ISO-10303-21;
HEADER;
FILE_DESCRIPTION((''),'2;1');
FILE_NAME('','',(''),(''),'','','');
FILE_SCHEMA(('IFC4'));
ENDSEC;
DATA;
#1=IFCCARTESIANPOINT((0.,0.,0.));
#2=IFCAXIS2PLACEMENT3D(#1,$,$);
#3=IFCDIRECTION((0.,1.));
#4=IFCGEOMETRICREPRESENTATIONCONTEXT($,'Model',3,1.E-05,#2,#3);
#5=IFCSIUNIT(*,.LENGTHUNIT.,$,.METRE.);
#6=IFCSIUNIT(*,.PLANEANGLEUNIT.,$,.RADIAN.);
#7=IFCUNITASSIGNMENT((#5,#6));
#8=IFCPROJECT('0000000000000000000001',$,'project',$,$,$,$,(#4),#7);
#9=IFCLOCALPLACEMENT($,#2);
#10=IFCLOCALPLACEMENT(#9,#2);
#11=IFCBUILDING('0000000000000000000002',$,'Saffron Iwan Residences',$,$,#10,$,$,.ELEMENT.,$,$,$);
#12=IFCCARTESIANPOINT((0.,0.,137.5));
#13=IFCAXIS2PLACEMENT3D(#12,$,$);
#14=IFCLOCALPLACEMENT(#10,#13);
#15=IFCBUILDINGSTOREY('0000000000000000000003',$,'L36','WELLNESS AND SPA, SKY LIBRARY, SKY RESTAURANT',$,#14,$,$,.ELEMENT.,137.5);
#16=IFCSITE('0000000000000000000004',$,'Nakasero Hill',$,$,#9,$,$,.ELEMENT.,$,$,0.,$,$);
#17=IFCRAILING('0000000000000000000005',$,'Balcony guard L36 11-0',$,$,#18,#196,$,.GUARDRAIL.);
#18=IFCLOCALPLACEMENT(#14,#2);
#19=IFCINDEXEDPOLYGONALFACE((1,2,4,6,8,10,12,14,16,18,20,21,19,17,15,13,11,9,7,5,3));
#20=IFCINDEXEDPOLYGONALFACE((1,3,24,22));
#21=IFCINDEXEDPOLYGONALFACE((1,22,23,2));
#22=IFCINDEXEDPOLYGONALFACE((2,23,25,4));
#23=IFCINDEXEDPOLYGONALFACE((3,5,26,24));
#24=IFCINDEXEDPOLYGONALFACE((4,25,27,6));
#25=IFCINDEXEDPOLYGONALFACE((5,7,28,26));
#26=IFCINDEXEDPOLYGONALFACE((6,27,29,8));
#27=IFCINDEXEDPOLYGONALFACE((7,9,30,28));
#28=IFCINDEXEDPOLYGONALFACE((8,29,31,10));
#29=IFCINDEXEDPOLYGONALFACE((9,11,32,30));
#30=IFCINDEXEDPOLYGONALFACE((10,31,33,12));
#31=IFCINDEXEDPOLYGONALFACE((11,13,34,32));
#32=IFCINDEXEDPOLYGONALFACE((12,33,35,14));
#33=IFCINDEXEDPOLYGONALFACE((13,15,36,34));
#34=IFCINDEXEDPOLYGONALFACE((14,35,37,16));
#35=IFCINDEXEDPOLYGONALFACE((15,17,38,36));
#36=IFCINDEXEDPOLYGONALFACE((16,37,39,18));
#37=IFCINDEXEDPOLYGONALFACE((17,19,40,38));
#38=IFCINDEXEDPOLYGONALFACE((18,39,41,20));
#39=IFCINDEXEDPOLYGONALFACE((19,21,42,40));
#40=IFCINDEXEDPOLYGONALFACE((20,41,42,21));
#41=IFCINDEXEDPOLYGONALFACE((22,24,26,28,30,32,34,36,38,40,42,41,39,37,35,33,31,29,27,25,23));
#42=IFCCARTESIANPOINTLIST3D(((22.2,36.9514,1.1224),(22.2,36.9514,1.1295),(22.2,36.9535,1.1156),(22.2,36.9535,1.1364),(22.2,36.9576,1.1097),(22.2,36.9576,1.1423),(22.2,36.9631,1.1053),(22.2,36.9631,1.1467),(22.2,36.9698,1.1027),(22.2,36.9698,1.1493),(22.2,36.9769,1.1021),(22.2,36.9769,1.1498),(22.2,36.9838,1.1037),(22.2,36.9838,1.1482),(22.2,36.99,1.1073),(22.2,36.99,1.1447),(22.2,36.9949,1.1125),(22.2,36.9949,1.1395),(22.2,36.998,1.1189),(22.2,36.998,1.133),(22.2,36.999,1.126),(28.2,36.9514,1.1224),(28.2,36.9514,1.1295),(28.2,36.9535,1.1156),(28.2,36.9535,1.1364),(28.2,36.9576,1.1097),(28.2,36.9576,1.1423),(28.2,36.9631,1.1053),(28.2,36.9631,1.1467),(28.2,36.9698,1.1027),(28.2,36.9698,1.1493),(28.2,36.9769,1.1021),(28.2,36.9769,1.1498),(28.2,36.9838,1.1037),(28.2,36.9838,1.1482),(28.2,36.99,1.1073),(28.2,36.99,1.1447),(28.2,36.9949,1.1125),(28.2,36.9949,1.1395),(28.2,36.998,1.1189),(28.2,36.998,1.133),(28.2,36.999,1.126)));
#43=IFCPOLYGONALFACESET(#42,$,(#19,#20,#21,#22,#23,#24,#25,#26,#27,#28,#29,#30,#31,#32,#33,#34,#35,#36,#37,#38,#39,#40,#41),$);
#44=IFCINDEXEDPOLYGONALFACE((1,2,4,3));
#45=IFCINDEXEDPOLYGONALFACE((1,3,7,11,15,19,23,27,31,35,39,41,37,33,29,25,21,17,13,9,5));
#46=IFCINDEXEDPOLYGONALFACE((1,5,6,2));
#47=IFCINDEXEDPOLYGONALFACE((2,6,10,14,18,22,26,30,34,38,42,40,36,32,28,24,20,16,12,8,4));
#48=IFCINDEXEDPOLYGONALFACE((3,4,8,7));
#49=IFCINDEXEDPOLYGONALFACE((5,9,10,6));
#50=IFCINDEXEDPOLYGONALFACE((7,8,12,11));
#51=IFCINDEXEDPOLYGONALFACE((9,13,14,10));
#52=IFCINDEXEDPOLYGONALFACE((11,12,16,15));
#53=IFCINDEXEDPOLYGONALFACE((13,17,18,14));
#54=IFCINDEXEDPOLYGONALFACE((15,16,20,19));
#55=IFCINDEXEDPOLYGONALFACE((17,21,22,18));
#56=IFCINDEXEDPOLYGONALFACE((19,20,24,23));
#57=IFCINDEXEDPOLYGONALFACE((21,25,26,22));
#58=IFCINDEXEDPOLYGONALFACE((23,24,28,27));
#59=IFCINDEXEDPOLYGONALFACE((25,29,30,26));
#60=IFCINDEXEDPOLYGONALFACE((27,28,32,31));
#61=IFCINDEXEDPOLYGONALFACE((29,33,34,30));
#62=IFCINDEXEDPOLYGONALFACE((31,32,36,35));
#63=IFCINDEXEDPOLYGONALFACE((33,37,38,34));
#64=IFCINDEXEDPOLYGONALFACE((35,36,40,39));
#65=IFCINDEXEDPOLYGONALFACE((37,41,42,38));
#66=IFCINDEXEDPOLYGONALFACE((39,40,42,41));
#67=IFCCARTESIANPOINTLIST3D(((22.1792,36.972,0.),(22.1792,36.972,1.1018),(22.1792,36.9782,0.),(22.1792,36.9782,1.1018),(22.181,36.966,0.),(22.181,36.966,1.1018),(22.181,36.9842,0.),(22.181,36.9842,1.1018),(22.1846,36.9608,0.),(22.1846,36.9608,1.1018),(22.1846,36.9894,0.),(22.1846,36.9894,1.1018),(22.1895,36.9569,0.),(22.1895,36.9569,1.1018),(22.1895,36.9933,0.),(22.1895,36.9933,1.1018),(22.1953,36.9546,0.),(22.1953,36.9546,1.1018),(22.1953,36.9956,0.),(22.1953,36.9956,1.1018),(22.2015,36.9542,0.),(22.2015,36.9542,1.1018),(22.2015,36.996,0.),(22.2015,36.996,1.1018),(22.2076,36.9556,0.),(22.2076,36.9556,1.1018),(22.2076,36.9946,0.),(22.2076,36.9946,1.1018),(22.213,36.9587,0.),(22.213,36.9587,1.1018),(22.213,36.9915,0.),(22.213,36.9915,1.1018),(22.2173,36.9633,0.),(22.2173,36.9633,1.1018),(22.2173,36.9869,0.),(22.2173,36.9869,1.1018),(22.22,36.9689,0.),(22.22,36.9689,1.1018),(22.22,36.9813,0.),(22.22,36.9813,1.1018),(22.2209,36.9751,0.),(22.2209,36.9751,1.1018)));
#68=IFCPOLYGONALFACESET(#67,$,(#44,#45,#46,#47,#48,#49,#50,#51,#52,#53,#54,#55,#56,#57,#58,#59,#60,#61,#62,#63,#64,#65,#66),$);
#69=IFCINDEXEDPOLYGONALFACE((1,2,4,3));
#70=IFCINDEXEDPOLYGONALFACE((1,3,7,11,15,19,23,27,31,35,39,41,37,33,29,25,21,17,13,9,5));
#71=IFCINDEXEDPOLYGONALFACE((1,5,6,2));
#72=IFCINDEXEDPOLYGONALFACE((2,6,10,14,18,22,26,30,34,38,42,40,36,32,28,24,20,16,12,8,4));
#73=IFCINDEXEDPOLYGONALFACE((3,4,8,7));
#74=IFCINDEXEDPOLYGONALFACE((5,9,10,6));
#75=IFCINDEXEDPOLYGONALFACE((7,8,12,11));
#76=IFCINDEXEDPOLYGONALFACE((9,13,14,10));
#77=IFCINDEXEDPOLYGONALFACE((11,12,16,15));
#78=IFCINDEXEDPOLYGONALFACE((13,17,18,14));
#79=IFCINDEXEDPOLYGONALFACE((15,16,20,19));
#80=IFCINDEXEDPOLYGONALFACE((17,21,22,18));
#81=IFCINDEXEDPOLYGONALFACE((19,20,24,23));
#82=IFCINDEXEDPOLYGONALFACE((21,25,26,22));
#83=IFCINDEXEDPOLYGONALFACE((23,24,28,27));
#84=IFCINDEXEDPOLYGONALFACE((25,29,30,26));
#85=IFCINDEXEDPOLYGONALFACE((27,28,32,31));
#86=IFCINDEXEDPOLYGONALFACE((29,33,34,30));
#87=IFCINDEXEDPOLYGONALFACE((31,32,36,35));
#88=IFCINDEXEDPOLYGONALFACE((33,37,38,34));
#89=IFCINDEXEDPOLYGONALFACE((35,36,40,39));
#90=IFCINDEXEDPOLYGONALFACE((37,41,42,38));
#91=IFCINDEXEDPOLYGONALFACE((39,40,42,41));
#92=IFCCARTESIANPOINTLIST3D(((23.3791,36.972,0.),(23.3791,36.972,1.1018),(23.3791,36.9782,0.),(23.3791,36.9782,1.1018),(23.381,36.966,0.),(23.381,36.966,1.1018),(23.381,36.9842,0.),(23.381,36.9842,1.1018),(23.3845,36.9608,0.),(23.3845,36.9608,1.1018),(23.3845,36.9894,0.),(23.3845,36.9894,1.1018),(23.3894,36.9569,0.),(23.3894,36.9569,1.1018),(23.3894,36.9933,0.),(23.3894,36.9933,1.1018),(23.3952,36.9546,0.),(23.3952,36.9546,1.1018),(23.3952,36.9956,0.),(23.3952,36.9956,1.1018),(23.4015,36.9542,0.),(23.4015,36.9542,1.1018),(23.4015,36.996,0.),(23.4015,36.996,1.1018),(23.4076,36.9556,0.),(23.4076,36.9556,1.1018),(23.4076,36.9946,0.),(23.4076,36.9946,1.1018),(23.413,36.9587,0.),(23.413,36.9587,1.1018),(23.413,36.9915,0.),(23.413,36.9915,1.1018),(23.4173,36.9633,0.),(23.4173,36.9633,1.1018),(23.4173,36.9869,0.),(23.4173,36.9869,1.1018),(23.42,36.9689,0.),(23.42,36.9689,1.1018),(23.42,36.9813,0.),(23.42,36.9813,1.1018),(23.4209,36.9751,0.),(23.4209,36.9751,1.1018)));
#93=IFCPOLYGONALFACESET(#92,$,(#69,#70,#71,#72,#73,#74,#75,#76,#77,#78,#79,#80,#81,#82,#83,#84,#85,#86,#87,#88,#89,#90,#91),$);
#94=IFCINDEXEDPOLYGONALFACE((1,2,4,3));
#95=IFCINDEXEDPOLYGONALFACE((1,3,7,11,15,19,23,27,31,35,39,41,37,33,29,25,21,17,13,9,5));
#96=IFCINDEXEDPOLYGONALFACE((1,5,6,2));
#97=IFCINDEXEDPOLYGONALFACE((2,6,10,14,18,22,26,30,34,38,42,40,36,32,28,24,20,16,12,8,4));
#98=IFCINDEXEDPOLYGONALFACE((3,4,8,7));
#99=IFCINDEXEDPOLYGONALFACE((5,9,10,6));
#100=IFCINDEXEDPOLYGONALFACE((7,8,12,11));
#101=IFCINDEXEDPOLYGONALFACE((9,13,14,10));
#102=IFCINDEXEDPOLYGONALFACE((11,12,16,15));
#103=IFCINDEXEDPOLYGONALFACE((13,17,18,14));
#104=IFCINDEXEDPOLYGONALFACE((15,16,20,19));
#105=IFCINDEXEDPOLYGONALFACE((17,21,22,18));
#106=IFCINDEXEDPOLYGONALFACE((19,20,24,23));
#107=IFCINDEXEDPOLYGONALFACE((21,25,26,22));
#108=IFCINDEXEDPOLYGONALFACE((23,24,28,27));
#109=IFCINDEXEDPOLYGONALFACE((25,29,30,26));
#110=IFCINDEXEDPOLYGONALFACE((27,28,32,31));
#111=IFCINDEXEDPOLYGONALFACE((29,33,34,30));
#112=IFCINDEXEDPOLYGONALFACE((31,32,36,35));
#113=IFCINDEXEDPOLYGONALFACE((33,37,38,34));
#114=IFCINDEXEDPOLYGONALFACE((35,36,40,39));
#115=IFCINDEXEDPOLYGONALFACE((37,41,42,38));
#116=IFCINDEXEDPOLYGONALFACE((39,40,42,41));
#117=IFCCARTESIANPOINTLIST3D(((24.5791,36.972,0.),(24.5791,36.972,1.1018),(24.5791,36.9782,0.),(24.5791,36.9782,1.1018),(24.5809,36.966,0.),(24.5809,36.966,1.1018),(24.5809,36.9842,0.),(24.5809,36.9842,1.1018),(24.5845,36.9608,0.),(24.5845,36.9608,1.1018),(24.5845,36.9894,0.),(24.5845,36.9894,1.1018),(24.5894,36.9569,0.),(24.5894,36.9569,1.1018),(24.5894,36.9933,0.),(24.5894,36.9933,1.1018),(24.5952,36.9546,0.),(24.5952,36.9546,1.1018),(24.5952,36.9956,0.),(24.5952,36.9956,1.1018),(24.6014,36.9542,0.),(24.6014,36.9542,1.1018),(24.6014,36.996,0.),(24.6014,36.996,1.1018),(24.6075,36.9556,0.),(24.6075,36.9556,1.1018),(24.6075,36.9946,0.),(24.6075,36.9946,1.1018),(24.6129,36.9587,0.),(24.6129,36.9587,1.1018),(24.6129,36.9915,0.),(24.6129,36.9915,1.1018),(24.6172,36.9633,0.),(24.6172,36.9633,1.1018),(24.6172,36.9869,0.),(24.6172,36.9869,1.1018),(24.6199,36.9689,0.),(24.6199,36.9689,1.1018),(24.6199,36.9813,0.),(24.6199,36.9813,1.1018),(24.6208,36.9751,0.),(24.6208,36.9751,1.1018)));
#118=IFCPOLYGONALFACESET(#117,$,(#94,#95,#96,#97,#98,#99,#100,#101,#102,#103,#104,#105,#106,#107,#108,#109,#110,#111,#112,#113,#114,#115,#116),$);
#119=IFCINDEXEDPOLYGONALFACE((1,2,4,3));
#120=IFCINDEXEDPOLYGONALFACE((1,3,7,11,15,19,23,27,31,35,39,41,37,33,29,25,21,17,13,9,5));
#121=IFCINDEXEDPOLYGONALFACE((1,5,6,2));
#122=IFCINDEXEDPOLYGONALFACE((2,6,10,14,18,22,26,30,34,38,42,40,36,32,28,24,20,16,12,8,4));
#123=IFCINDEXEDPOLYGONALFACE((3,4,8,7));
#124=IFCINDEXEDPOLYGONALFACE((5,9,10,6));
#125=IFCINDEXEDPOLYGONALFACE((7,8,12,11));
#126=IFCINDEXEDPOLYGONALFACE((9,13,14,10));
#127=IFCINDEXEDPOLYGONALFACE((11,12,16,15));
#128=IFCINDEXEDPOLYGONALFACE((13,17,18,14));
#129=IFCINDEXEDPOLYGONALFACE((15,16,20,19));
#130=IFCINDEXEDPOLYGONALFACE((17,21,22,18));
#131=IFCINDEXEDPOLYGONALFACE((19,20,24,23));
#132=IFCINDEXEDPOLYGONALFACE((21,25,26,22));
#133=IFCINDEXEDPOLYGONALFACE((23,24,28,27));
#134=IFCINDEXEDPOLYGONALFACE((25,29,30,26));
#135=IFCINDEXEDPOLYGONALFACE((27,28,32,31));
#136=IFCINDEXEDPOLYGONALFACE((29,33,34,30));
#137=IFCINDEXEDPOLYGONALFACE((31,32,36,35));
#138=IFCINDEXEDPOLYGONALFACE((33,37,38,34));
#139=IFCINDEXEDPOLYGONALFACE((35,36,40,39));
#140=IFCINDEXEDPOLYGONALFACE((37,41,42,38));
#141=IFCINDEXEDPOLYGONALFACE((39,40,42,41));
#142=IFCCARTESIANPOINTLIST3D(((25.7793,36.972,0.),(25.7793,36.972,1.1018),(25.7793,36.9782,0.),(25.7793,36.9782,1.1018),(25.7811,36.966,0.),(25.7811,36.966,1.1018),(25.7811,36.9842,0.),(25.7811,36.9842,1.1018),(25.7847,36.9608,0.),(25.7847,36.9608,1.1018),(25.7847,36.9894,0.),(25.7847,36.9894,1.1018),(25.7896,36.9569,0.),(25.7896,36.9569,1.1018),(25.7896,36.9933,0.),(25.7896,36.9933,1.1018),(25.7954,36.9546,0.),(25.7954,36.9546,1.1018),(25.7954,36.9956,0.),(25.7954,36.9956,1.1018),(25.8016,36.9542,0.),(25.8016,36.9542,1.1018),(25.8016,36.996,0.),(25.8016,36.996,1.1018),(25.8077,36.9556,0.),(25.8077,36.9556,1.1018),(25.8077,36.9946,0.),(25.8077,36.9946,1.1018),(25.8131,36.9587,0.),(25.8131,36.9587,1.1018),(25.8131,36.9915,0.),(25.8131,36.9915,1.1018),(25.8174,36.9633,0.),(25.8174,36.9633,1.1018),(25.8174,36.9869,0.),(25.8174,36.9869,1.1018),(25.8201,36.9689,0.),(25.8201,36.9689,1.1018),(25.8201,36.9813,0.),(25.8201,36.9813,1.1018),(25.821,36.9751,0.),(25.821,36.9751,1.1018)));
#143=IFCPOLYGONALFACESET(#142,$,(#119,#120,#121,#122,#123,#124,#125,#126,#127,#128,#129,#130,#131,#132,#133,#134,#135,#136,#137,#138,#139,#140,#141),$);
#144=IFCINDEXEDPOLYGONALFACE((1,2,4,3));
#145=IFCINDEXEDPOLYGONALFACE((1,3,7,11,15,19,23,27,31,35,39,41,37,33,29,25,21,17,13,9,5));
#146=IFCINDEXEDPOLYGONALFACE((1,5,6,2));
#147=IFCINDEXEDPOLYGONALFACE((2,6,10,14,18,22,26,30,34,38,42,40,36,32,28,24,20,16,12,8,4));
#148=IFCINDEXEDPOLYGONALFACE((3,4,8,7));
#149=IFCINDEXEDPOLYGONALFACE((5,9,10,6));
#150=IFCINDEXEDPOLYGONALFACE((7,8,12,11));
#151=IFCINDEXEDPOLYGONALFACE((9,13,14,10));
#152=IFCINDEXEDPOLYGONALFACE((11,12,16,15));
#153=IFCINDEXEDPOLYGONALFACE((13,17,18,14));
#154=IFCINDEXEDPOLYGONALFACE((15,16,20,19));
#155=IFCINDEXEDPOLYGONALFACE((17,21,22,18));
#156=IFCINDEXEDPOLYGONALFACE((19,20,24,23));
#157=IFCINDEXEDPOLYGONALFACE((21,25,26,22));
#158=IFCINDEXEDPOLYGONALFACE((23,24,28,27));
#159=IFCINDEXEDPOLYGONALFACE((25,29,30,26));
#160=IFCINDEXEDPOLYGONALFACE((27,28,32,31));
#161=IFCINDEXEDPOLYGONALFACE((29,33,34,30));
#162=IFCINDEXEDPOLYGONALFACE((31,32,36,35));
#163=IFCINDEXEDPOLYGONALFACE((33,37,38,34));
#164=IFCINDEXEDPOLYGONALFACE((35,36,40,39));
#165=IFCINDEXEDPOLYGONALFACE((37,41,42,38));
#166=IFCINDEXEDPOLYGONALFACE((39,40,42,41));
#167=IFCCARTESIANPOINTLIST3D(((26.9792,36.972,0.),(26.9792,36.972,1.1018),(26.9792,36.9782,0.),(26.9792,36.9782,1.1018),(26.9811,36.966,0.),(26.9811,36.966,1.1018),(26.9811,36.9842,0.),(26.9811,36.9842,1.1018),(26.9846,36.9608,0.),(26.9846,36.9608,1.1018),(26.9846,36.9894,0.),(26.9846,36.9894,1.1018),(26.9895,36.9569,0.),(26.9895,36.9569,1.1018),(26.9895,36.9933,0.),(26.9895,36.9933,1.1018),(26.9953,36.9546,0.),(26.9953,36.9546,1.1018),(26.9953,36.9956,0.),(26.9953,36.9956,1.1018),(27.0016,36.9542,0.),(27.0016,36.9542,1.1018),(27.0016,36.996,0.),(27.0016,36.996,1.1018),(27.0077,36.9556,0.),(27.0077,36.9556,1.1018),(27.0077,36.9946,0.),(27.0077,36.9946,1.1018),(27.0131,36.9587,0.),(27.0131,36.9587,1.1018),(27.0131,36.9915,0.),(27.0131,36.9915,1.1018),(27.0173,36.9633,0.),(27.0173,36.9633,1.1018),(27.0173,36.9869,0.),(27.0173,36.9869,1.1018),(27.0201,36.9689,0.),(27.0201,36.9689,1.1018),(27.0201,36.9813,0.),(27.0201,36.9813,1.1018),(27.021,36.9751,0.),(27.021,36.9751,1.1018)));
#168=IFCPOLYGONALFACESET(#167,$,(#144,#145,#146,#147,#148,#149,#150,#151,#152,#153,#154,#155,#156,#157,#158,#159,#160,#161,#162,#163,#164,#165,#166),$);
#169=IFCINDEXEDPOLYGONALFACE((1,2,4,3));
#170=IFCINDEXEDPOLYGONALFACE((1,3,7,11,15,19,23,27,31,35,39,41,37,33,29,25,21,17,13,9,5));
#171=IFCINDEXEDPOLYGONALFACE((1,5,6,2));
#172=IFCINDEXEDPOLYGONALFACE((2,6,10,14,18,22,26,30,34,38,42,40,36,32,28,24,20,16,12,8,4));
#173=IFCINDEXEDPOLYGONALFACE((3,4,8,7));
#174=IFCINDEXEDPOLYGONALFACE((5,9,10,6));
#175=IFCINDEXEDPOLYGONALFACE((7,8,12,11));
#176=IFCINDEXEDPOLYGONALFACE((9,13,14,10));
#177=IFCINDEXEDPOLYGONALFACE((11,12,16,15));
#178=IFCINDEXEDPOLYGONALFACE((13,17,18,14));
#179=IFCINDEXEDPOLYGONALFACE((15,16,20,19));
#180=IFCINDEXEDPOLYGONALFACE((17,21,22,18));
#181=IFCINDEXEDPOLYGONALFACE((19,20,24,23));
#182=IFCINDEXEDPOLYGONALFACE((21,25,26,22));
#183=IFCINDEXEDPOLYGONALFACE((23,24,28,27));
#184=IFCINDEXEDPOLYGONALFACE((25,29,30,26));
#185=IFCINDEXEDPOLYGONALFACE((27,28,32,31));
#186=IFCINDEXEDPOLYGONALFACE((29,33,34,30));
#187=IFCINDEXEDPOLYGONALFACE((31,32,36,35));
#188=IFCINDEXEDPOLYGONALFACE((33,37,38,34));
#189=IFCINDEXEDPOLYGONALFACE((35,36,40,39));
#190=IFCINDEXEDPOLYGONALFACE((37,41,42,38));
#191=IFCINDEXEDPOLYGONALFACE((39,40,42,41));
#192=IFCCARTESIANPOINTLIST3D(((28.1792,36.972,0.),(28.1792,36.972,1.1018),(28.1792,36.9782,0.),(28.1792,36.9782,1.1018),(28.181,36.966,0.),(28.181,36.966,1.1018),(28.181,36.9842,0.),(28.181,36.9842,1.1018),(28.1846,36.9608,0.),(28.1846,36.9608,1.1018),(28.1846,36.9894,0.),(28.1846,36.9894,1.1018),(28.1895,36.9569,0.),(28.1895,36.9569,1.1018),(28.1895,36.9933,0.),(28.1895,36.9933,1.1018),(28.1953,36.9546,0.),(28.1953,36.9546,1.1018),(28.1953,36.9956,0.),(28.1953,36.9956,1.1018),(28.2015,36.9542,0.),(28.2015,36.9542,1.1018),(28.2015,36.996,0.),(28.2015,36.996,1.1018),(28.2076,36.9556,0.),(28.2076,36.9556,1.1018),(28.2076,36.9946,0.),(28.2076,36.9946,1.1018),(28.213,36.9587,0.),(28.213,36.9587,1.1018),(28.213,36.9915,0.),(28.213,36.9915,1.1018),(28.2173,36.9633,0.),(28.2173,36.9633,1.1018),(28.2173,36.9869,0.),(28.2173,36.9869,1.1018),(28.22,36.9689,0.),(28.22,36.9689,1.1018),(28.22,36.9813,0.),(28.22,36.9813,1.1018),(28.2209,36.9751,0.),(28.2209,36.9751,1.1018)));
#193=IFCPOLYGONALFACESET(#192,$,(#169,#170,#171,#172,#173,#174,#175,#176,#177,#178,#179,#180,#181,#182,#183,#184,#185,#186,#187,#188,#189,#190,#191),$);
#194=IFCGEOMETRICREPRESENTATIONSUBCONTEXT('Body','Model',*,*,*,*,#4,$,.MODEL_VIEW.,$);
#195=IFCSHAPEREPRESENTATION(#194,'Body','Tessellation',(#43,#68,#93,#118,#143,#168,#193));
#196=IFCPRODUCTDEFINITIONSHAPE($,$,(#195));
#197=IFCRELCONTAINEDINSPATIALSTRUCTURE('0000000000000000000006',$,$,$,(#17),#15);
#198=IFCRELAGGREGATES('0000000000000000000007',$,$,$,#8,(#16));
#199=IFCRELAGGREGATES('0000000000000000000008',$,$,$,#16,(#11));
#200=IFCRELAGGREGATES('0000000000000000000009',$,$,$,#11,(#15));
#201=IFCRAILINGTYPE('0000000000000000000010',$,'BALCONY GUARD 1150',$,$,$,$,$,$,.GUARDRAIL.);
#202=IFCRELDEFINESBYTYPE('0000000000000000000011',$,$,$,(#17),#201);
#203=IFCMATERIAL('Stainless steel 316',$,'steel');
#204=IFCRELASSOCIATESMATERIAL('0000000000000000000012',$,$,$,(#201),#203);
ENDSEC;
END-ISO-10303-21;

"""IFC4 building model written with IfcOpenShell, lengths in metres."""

from ifc_helpers import new_model, si_unit, direction, frame, origin, origin_2d, place, context, subcontext, project, spatial, circle, extrude, material, type_object, element, save


model = new_model("IFC4")

# Units and contexts
model_context = context("Model", 3, precision=1e-05, world=origin(), true_north=direction((0.0, 1.0)))
body_context = subcontext(model_context, "Body", "Model", "MODEL_VIEW")
ifc_project = project(units=[si_unit("LENGTHUNIT", "METRE"), si_unit("PLANEANGLEUNIT", "RADIAN")], contexts=[model_context])

# Site, building, storey
site_placement = place(None, origin())
site = spatial("IfcSite", under=ifc_project, at=site_placement, Name="Nakasero Hill", CompositionType="ELEMENT", RefElevation=0.0)
building_placement = place(site_placement, origin())
building = spatial("IfcBuilding", under=site, at=building_placement, Name="Saffron Iwan Residences", CompositionType="ELEMENT")
storey_placement = place(building_placement, frame((0.0, 0.0, 137.5)))
storey = spatial("IfcBuildingStorey", under=building, at=storey_placement, Name="L36", Description="WELLNESS AND SPA, SKY LIBRARY, SKY RESTAURANT", CompositionType="ELEMENT", Elevation=137.5)

# Railing
ifc_material_1 = material(Name="Stainless steel 316", Category="steel")
railing_type = type_object("IfcRailingType", Name="BALCONY GUARD 1150", PredefinedType="GUARDRAIL", material=ifc_material_1)
railing_placement = place(storey_placement, frame((22.2, 36.9751, 0.0)))
element("IfcRailing", 1, at=railing_placement, inside=storey, type_object=railing_type, Name="Balcony guard L36 11-0", PredefinedType="GUARDRAIL", context=body_context, shape_type="SweptSolid", body=[
    extrude(circle(Radius=0.0239, at=origin_2d()), frame((0.0, 0.0, 1.126), z_axis=(1.0, 0.0, 0.0), x_axis=(0.0, 1.0, 0.0)), (0.0, 0.0, 1.0), 6.0),
    extrude(circle(Radius=0.021, at=origin_2d()), origin(), (0.0, 0.0, 1.0), 1.1018),
    extrude(circle(Radius=0.021, at=origin_2d()), frame((1.2, 0.0, 0.0)), (0.0, 0.0, 1.0), 1.1018),
    extrude(circle(Radius=0.021, at=origin_2d()), frame((2.3999, 0.0, 0.0)), (0.0, 0.0, 1.0), 1.1018),
    extrude(circle(Radius=0.021, at=origin_2d()), frame((3.6001, 0.0, 0.0)), (0.0, 0.0, 1.0), 1.1018),
    extrude(circle(Radius=0.021, at=origin_2d()), frame((4.8, 0.0, 0.0)), (0.0, 0.0, 1.0), 1.1018),
    extrude(circle(Radius=0.021, at=origin_2d()), frame((6.0, 0.0, 0.0)), (0.0, 0.0, 1.0), 1.1018),
])

save(model, "model.ifc")
